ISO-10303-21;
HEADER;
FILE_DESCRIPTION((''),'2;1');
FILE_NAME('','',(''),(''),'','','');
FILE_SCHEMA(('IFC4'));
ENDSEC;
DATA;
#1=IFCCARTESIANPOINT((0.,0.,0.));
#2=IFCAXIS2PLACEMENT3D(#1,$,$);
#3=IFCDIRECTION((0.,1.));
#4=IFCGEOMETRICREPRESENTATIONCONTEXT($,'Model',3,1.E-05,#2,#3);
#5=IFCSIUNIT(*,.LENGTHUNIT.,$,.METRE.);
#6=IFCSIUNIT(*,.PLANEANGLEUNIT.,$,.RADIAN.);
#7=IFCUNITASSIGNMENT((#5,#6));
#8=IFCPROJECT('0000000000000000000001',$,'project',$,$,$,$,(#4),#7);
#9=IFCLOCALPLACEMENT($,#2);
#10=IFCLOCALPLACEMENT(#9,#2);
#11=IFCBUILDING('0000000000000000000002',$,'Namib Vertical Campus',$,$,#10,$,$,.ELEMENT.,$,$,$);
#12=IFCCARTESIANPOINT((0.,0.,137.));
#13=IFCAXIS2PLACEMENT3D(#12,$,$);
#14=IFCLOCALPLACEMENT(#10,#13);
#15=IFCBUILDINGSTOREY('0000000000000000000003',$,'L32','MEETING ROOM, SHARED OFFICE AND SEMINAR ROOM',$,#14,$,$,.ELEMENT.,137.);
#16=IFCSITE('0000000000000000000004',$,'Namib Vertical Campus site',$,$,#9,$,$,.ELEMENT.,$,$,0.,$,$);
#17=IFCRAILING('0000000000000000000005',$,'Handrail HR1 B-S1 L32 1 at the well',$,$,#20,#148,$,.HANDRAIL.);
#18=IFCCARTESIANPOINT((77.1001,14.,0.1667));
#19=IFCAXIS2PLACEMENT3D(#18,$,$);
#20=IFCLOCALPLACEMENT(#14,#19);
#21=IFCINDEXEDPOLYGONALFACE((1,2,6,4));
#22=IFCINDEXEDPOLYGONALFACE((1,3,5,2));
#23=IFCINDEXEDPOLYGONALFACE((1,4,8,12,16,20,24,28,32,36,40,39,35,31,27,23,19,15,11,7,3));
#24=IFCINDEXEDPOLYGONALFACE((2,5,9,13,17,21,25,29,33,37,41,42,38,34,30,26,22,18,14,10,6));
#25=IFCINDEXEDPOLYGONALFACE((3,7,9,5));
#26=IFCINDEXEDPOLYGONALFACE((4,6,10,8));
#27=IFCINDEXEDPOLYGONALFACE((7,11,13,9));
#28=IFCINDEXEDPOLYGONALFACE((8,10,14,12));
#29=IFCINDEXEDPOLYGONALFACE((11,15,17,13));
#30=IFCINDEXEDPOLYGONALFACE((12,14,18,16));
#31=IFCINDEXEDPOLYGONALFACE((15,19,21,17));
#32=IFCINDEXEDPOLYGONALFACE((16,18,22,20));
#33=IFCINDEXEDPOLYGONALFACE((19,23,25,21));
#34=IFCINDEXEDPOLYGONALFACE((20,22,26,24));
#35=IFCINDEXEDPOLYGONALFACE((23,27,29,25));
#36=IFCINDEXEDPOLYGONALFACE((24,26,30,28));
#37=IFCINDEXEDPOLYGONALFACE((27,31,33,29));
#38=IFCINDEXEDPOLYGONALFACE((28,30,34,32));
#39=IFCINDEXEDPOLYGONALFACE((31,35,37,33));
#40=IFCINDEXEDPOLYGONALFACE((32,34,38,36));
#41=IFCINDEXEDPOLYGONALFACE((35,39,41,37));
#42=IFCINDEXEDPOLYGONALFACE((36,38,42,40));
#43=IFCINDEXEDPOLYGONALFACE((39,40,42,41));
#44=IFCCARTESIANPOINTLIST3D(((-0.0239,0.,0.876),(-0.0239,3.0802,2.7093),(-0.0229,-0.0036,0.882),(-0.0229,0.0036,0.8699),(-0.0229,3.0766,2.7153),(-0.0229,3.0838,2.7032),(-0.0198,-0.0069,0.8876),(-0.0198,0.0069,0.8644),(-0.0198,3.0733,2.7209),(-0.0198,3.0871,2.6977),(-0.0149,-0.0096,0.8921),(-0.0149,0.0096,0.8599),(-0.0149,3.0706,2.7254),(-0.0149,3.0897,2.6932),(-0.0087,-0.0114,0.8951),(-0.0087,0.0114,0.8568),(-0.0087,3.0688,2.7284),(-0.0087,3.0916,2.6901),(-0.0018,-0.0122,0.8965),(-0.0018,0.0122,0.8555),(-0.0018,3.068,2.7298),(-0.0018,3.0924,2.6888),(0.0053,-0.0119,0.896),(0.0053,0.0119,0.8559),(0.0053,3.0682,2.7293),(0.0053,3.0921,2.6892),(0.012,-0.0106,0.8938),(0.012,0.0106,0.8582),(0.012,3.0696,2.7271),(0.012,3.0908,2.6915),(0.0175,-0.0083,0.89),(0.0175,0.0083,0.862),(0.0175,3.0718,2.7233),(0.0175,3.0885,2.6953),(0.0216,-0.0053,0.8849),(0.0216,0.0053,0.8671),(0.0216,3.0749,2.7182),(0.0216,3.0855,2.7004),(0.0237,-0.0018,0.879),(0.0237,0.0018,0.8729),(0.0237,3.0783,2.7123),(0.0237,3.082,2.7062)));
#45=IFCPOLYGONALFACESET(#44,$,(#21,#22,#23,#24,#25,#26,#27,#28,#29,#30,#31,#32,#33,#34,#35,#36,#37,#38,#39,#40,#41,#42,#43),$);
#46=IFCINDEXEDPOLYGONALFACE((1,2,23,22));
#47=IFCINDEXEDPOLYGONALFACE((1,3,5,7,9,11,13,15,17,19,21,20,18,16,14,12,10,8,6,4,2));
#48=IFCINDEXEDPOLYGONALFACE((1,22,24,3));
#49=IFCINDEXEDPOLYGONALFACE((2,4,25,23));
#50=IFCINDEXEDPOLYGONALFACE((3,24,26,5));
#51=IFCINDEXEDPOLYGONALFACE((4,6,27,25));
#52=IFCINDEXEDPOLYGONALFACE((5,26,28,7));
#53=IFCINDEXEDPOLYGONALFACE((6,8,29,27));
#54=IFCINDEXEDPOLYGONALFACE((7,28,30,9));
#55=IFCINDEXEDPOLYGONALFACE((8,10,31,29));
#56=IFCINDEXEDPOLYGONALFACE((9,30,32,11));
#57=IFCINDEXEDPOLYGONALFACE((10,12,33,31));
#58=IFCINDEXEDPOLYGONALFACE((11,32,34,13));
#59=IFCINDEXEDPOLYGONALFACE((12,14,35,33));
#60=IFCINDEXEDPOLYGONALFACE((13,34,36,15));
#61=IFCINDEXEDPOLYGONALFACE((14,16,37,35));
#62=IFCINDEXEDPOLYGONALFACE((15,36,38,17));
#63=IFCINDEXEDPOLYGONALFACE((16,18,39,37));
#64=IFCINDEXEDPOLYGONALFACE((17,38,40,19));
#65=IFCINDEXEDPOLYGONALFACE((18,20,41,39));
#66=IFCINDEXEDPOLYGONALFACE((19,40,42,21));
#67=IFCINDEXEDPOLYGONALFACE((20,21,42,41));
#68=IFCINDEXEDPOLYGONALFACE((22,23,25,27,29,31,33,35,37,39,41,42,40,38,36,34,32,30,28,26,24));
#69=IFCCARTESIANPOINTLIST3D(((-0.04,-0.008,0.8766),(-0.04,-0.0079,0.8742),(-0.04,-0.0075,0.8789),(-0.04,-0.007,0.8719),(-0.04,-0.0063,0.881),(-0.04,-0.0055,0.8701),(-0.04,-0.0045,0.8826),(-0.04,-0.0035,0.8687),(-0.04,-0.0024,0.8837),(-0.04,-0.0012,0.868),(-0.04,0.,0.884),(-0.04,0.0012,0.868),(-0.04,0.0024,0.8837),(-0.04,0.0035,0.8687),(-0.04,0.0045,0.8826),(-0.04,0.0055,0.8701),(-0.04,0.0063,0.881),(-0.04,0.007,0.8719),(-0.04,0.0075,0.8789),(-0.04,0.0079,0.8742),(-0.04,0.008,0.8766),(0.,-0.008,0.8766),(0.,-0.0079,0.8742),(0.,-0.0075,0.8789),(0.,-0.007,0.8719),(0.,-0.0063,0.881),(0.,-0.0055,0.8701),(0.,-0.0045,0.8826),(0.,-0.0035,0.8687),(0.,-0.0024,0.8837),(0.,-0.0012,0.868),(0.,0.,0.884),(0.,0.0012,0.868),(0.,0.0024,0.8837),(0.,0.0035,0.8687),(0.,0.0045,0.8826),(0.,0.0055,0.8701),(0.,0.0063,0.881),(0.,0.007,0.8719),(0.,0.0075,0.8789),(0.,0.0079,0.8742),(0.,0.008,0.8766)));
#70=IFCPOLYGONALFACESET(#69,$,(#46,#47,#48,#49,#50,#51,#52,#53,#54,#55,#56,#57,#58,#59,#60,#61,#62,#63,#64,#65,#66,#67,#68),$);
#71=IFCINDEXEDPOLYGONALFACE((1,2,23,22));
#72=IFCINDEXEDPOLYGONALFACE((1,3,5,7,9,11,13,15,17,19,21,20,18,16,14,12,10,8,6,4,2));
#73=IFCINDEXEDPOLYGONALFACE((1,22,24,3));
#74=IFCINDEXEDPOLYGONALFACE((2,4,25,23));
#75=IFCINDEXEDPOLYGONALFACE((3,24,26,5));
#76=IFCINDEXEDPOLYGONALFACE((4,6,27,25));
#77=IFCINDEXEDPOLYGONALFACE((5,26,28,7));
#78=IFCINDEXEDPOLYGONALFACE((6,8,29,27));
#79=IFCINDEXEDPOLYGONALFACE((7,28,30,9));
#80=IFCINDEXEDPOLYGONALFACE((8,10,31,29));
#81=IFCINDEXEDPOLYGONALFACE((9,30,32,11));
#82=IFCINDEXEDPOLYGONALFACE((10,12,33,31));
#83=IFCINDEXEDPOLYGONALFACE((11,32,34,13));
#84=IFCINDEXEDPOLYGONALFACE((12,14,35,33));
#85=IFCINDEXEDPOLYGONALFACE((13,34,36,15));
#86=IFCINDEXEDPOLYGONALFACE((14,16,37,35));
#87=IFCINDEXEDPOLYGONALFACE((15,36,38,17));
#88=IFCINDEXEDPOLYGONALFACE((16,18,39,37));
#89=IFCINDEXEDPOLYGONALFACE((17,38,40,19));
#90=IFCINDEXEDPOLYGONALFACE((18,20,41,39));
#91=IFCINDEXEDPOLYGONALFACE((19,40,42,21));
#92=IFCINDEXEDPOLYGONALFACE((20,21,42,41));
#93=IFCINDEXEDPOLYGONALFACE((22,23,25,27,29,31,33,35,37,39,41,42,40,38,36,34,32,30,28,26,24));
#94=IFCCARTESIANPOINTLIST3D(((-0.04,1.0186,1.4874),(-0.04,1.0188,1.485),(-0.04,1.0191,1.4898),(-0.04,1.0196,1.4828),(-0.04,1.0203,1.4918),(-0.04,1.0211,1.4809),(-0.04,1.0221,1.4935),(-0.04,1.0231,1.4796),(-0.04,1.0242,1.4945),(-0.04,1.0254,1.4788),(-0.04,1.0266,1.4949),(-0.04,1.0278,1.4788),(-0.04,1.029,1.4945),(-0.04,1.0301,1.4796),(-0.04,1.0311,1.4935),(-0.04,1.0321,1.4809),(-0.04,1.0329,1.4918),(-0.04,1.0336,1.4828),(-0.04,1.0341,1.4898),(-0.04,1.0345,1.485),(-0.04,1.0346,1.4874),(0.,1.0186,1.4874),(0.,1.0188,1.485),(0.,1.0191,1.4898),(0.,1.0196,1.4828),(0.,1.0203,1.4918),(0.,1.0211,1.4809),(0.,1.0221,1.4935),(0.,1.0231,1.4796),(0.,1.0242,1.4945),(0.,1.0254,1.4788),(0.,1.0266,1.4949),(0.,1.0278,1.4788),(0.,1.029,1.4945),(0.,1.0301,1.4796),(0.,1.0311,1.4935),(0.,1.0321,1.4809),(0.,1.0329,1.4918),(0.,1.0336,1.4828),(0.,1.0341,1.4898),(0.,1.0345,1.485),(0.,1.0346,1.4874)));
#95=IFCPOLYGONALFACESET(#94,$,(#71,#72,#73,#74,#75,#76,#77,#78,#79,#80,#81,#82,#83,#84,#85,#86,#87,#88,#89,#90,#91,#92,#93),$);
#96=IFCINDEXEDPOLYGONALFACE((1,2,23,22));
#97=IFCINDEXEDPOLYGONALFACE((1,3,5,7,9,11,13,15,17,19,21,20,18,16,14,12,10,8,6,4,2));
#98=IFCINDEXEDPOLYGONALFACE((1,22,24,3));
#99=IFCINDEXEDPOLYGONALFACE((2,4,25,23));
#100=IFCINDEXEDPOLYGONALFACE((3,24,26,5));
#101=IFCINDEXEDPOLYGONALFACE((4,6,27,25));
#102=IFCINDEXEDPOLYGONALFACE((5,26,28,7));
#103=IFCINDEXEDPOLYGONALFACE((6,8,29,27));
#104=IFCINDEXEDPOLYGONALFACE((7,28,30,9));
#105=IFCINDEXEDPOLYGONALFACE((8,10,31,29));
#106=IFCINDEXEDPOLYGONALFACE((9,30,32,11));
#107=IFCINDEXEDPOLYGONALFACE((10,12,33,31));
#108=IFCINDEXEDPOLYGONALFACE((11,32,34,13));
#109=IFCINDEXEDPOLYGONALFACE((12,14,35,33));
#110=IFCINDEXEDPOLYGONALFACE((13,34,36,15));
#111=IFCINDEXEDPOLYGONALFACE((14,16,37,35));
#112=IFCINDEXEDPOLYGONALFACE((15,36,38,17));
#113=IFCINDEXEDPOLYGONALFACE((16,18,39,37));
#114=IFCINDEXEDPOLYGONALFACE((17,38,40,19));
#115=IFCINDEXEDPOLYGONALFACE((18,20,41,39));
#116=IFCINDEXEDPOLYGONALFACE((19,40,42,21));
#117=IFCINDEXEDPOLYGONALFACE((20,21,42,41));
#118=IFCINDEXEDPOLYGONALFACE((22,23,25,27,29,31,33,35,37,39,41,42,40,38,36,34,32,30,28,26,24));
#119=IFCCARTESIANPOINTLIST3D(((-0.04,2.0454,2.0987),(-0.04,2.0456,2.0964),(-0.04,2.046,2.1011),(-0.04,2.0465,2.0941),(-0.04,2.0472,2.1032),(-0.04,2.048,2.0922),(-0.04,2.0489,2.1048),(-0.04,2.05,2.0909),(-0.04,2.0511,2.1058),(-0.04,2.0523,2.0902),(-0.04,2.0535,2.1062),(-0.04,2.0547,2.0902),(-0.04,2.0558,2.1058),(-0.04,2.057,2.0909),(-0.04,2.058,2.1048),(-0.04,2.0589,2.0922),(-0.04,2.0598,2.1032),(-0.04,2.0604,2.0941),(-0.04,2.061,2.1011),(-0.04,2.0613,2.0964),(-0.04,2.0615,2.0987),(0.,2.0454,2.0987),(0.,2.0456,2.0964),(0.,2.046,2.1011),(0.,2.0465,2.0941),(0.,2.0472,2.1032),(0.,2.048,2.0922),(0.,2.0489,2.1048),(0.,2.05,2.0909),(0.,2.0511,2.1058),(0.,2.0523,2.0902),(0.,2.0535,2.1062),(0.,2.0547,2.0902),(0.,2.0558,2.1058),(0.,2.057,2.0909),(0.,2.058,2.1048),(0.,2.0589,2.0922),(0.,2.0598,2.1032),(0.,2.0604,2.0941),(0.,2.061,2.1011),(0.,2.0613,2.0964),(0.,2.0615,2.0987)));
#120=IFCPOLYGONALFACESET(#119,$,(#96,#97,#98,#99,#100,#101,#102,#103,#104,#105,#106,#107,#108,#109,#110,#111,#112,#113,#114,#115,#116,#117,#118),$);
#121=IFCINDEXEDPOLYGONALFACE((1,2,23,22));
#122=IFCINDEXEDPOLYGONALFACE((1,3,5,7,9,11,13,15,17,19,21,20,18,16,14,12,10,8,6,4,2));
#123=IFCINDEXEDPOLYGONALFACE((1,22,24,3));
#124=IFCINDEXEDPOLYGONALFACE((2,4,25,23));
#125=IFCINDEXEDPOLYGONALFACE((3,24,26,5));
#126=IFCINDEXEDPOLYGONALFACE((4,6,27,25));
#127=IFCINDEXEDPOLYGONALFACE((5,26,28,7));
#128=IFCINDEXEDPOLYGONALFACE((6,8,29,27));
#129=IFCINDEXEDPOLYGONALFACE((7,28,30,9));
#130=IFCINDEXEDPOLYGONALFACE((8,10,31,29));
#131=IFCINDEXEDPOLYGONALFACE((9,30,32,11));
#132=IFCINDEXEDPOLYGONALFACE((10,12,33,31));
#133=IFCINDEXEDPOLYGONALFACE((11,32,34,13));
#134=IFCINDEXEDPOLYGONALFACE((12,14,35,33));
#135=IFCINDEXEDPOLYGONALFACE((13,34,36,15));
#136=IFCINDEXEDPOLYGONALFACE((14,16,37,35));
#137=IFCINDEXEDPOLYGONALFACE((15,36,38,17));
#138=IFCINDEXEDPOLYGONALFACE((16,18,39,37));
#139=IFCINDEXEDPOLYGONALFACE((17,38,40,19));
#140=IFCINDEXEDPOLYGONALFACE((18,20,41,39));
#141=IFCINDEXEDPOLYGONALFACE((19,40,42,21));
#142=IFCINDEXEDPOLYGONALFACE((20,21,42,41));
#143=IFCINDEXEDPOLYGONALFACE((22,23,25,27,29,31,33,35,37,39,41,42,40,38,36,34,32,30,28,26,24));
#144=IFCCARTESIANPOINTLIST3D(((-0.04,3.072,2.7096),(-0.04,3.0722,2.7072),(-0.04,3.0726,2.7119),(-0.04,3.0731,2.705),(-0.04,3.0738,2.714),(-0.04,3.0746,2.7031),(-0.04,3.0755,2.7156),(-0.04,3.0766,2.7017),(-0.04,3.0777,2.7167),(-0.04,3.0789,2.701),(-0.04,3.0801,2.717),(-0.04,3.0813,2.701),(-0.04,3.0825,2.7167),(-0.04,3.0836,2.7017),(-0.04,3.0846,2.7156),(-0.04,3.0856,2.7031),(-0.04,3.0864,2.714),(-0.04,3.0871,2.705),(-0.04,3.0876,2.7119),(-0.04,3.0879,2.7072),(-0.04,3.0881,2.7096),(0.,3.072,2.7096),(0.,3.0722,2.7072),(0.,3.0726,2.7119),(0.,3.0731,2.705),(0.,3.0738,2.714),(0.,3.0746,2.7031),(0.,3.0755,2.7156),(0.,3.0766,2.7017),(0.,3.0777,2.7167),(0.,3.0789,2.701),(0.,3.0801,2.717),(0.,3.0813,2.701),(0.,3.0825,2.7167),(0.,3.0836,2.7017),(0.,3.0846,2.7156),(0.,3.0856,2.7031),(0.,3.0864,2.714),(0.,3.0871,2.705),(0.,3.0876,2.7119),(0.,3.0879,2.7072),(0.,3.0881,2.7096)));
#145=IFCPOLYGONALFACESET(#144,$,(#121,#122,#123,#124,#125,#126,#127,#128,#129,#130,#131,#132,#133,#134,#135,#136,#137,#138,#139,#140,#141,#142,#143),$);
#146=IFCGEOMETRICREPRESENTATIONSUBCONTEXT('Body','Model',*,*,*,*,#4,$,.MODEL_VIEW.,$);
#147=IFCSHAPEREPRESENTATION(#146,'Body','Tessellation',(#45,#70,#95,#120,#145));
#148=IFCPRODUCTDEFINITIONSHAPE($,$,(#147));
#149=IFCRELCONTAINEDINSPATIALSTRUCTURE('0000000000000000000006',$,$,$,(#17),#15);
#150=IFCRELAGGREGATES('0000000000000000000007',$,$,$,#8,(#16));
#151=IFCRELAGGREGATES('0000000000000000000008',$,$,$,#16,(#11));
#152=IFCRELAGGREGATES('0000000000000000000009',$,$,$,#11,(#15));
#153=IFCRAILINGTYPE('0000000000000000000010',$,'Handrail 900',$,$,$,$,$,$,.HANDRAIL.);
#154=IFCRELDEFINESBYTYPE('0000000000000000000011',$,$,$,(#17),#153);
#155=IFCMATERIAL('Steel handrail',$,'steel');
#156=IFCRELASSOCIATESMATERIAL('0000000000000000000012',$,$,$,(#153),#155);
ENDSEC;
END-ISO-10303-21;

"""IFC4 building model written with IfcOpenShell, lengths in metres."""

from ifc_helpers import new_model, si_unit, direction, frame, origin, origin_2d, place, context, subcontext, project, spatial, circle, extrude, material, type_object, element, save


model = new_model("IFC4")

# Units and contexts
model_context = context("Model", 3, precision=1e-05, world=origin(), true_north=direction((0.0, 1.0)))
body_context = subcontext(model_context, "Body", "Model", "MODEL_VIEW")
ifc_project = project(units=[si_unit("LENGTHUNIT", "METRE"), si_unit("PLANEANGLEUNIT", "RADIAN")], contexts=[model_context])

# Site, building, storey
site_placement = place(None, origin())
site = spatial("IfcSite", under=ifc_project, at=site_placement, Name="Namib Vertical Campus site", CompositionType="ELEMENT", RefElevation=0.0)
building_placement = place(site_placement, origin())
building = spatial("IfcBuilding", under=site, at=building_placement, Name="Namib Vertical Campus", CompositionType="ELEMENT")
storey_placement = place(building_placement, frame((0.0, 0.0, 137.0)))
storey = spatial("IfcBuildingStorey", under=building, at=storey_placement, Name="L32", Description="MEETING ROOM, SHARED OFFICE AND SEMINAR ROOM", CompositionType="ELEMENT", Elevation=137.0)

# Railing
ifc_material_1 = material(Name="Steel handrail", Category="steel")
railing_type_1 = type_object("IfcRailingType", Name="Handrail 900", PredefinedType="HANDRAIL", material=ifc_material_1)
railing_1_placement = place(storey_placement, frame((77.1001, 14.0, 0.1667)))
element("IfcRailing", 1, at=railing_1_placement, inside=storey, type_object=railing_type_1, Name="Handrail HR1 B-S1 L32 1 at the well", PredefinedType="HANDRAIL", context=body_context, shape_type="SweptSolid", body=[
    extrude(circle(Radius=0.0239, at=origin_2d()), frame((0.0, 0.0, 0.876), z_axis=(0.0, 0.859309, 0.511458), x_axis=(-1.0, 0.0, 0.0)), (0.0, 0.0, 1.0), 3.5845),
    extrude(circle(Radius=0.0081, at=origin_2d()), frame((0.0, 0.0, 0.876), z_axis=(-1.0, 0.0, 0.0), x_axis=(0.0, 0.0, 1.0)), (0.0, 0.0, 1.0), 0.04),
    extrude(circle(Radius=0.0081, at=origin_2d()), frame((0.0, 1.0266, 1.4868), z_axis=(-1.0, 0.0, 0.0), x_axis=(0.0, 0.0, 1.0)), (0.0, 0.0, 1.0), 0.04),
    extrude(circle(Radius=0.0081, at=origin_2d()), frame((0.0, 2.0535, 2.0981), z_axis=(-1.0, 0.0, 0.0), x_axis=(0.0, 0.0, 1.0)), (0.0, 0.0, 1.0), 0.04),
    extrude(circle(Radius=0.0081, at=origin_2d()), frame((0.0, 3.0801, 2.709), z_axis=(-1.0, 0.0, 0.0), x_axis=(0.0, 0.0, 1.0)), (0.0, 0.0, 1.0), 0.04),
])

save(model, "model.ifc")
